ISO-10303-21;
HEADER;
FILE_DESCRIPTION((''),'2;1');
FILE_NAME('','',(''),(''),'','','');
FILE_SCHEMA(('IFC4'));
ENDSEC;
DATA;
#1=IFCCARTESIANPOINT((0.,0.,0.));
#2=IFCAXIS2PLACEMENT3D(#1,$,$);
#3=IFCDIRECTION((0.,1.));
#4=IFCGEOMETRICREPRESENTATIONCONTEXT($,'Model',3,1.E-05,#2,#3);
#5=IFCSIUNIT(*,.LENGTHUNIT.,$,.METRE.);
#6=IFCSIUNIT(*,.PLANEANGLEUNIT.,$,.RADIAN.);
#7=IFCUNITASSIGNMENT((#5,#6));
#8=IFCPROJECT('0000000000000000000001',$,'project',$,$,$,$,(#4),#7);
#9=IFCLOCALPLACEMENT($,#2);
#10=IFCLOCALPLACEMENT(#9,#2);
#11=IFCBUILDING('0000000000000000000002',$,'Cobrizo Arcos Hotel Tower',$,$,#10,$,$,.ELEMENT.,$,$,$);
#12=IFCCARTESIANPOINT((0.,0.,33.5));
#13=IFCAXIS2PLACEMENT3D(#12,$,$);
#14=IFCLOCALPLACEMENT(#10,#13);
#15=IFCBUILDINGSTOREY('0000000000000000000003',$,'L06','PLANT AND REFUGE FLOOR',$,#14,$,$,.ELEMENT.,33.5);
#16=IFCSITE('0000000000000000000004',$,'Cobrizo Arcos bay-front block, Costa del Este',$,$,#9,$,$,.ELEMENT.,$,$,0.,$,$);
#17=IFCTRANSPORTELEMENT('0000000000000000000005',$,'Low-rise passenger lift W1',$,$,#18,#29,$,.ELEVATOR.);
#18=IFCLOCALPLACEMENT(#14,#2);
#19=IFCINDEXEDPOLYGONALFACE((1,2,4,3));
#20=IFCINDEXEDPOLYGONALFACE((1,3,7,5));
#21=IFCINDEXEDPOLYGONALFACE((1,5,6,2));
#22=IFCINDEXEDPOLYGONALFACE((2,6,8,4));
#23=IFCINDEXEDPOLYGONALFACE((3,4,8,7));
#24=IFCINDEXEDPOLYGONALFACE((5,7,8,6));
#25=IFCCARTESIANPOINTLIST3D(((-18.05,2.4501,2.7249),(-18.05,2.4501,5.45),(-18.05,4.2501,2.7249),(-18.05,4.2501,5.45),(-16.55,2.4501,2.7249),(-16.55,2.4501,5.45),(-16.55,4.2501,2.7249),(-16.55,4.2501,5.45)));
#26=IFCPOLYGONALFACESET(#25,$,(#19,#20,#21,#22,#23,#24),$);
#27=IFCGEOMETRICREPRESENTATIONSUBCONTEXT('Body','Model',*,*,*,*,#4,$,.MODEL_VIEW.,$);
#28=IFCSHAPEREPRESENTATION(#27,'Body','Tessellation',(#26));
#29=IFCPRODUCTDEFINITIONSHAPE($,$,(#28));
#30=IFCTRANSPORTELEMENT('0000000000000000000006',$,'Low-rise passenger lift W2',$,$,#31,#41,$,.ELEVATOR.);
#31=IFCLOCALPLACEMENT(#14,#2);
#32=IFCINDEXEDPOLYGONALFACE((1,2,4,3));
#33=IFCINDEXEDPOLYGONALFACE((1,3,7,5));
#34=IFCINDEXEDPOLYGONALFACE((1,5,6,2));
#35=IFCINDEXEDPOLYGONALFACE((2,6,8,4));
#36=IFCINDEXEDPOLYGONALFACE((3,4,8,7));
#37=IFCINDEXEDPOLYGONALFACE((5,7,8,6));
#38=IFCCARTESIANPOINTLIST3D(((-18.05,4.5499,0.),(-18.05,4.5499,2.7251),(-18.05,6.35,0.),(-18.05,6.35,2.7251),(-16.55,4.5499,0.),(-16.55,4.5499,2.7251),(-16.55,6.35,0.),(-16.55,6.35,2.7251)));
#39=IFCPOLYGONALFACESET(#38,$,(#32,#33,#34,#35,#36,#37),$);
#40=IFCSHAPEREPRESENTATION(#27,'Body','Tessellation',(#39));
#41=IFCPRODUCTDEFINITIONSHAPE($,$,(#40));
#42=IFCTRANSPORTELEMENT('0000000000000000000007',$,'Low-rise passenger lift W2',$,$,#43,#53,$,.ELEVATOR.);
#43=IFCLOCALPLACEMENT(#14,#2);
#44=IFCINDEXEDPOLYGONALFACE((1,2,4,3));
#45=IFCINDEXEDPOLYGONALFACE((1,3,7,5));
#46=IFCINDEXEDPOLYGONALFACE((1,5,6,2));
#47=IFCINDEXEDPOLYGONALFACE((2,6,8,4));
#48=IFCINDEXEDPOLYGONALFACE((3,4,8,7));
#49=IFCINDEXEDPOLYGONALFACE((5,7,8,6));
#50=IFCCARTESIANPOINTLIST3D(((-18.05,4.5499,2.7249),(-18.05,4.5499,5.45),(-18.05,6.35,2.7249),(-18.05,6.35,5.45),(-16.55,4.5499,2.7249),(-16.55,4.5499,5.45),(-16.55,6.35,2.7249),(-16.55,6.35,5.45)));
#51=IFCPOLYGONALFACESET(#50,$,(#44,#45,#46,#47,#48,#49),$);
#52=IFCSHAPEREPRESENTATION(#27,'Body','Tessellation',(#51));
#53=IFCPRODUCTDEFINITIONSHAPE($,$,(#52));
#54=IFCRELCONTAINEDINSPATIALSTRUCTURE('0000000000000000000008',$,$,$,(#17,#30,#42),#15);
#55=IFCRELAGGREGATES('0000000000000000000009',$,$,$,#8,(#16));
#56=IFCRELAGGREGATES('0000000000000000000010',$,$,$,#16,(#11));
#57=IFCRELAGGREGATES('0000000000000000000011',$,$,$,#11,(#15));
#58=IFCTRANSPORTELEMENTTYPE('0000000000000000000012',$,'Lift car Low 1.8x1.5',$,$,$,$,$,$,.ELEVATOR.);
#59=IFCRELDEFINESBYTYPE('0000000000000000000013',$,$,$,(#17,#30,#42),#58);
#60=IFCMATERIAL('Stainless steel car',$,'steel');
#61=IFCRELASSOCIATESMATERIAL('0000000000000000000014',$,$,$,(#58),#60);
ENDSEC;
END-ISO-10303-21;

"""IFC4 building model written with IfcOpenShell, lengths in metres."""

from ifc_helpers import new_model, si_unit, direction, frame, origin, origin_2d, place, context, subcontext, project, spatial, rectangle, extrude, material, type_object, element, save


model = new_model("IFC4")

# Units and contexts
model_context = context("Model", 3, precision=1e-05, world=origin(), true_north=direction((0.0, 1.0)))
body_context = subcontext(model_context, "Body", "Model", "MODEL_VIEW")
ifc_project = project(units=[si_unit("LENGTHUNIT", "METRE"), si_unit("PLANEANGLEUNIT", "RADIAN")], contexts=[model_context])

# Site, building, storey
site_placement = place(None, origin())
site = spatial("IfcSite", under=ifc_project, at=site_placement, Name="Cobrizo Arcos bay-front block, Costa del Este", CompositionType="ELEMENT", RefElevation=0.0)
building_placement = place(site_placement, origin())
building = spatial("IfcBuilding", under=site, at=building_placement, Name="Cobrizo Arcos Hotel Tower", CompositionType="ELEMENT")
storey_placement = place(building_placement, frame((0.0, 0.0, 33.5)))
storey = spatial("IfcBuildingStorey", under=building, at=storey_placement, Name="L06", Description="PLANT AND REFUGE FLOOR", CompositionType="ELEMENT", Elevation=33.5)

# Transport elements
ifc_material_1 = material(Name="Stainless steel car", Category="steel")
transport_element_type = type_object("IfcTransportElementType", Name="Lift car Low 1.8x1.5", PredefinedType="ELEVATOR", material=ifc_material_1)
for number, where, z_axis, x_axis, name in (
    (1, (-17.3, 3.3501, 2.7249), (0.0, 0.0, 1.0), (1.0, 0.0, 0.0), "Low-rise passenger lift W1"),
    (2, (-17.3, 5.45, 0.0), (0.0, 0.0, 1.0), (1.0, 0.0, 0.0), "Low-rise passenger lift W2"),
    (3, (-17.3, 5.45, 2.7249), (0.0, 0.0, 1.0), (1.0, 0.0, 0.0), "Low-rise passenger lift W2"),
):
    element("IfcTransportElement", number, at=place(storey_placement, frame(where, z_axis=z_axis, x_axis=x_axis)), inside=storey, type_object=transport_element_type, Name=name, PredefinedType="ELEVATOR", context=body_context, shape_type="SweptSolid", body=[
        extrude(rectangle(XDim=1.5, YDim=1.8, at=origin_2d()), origin(), (0.0, 0.0, 1.0), 2.7251),
    ])

save(model, "model.ifc")
